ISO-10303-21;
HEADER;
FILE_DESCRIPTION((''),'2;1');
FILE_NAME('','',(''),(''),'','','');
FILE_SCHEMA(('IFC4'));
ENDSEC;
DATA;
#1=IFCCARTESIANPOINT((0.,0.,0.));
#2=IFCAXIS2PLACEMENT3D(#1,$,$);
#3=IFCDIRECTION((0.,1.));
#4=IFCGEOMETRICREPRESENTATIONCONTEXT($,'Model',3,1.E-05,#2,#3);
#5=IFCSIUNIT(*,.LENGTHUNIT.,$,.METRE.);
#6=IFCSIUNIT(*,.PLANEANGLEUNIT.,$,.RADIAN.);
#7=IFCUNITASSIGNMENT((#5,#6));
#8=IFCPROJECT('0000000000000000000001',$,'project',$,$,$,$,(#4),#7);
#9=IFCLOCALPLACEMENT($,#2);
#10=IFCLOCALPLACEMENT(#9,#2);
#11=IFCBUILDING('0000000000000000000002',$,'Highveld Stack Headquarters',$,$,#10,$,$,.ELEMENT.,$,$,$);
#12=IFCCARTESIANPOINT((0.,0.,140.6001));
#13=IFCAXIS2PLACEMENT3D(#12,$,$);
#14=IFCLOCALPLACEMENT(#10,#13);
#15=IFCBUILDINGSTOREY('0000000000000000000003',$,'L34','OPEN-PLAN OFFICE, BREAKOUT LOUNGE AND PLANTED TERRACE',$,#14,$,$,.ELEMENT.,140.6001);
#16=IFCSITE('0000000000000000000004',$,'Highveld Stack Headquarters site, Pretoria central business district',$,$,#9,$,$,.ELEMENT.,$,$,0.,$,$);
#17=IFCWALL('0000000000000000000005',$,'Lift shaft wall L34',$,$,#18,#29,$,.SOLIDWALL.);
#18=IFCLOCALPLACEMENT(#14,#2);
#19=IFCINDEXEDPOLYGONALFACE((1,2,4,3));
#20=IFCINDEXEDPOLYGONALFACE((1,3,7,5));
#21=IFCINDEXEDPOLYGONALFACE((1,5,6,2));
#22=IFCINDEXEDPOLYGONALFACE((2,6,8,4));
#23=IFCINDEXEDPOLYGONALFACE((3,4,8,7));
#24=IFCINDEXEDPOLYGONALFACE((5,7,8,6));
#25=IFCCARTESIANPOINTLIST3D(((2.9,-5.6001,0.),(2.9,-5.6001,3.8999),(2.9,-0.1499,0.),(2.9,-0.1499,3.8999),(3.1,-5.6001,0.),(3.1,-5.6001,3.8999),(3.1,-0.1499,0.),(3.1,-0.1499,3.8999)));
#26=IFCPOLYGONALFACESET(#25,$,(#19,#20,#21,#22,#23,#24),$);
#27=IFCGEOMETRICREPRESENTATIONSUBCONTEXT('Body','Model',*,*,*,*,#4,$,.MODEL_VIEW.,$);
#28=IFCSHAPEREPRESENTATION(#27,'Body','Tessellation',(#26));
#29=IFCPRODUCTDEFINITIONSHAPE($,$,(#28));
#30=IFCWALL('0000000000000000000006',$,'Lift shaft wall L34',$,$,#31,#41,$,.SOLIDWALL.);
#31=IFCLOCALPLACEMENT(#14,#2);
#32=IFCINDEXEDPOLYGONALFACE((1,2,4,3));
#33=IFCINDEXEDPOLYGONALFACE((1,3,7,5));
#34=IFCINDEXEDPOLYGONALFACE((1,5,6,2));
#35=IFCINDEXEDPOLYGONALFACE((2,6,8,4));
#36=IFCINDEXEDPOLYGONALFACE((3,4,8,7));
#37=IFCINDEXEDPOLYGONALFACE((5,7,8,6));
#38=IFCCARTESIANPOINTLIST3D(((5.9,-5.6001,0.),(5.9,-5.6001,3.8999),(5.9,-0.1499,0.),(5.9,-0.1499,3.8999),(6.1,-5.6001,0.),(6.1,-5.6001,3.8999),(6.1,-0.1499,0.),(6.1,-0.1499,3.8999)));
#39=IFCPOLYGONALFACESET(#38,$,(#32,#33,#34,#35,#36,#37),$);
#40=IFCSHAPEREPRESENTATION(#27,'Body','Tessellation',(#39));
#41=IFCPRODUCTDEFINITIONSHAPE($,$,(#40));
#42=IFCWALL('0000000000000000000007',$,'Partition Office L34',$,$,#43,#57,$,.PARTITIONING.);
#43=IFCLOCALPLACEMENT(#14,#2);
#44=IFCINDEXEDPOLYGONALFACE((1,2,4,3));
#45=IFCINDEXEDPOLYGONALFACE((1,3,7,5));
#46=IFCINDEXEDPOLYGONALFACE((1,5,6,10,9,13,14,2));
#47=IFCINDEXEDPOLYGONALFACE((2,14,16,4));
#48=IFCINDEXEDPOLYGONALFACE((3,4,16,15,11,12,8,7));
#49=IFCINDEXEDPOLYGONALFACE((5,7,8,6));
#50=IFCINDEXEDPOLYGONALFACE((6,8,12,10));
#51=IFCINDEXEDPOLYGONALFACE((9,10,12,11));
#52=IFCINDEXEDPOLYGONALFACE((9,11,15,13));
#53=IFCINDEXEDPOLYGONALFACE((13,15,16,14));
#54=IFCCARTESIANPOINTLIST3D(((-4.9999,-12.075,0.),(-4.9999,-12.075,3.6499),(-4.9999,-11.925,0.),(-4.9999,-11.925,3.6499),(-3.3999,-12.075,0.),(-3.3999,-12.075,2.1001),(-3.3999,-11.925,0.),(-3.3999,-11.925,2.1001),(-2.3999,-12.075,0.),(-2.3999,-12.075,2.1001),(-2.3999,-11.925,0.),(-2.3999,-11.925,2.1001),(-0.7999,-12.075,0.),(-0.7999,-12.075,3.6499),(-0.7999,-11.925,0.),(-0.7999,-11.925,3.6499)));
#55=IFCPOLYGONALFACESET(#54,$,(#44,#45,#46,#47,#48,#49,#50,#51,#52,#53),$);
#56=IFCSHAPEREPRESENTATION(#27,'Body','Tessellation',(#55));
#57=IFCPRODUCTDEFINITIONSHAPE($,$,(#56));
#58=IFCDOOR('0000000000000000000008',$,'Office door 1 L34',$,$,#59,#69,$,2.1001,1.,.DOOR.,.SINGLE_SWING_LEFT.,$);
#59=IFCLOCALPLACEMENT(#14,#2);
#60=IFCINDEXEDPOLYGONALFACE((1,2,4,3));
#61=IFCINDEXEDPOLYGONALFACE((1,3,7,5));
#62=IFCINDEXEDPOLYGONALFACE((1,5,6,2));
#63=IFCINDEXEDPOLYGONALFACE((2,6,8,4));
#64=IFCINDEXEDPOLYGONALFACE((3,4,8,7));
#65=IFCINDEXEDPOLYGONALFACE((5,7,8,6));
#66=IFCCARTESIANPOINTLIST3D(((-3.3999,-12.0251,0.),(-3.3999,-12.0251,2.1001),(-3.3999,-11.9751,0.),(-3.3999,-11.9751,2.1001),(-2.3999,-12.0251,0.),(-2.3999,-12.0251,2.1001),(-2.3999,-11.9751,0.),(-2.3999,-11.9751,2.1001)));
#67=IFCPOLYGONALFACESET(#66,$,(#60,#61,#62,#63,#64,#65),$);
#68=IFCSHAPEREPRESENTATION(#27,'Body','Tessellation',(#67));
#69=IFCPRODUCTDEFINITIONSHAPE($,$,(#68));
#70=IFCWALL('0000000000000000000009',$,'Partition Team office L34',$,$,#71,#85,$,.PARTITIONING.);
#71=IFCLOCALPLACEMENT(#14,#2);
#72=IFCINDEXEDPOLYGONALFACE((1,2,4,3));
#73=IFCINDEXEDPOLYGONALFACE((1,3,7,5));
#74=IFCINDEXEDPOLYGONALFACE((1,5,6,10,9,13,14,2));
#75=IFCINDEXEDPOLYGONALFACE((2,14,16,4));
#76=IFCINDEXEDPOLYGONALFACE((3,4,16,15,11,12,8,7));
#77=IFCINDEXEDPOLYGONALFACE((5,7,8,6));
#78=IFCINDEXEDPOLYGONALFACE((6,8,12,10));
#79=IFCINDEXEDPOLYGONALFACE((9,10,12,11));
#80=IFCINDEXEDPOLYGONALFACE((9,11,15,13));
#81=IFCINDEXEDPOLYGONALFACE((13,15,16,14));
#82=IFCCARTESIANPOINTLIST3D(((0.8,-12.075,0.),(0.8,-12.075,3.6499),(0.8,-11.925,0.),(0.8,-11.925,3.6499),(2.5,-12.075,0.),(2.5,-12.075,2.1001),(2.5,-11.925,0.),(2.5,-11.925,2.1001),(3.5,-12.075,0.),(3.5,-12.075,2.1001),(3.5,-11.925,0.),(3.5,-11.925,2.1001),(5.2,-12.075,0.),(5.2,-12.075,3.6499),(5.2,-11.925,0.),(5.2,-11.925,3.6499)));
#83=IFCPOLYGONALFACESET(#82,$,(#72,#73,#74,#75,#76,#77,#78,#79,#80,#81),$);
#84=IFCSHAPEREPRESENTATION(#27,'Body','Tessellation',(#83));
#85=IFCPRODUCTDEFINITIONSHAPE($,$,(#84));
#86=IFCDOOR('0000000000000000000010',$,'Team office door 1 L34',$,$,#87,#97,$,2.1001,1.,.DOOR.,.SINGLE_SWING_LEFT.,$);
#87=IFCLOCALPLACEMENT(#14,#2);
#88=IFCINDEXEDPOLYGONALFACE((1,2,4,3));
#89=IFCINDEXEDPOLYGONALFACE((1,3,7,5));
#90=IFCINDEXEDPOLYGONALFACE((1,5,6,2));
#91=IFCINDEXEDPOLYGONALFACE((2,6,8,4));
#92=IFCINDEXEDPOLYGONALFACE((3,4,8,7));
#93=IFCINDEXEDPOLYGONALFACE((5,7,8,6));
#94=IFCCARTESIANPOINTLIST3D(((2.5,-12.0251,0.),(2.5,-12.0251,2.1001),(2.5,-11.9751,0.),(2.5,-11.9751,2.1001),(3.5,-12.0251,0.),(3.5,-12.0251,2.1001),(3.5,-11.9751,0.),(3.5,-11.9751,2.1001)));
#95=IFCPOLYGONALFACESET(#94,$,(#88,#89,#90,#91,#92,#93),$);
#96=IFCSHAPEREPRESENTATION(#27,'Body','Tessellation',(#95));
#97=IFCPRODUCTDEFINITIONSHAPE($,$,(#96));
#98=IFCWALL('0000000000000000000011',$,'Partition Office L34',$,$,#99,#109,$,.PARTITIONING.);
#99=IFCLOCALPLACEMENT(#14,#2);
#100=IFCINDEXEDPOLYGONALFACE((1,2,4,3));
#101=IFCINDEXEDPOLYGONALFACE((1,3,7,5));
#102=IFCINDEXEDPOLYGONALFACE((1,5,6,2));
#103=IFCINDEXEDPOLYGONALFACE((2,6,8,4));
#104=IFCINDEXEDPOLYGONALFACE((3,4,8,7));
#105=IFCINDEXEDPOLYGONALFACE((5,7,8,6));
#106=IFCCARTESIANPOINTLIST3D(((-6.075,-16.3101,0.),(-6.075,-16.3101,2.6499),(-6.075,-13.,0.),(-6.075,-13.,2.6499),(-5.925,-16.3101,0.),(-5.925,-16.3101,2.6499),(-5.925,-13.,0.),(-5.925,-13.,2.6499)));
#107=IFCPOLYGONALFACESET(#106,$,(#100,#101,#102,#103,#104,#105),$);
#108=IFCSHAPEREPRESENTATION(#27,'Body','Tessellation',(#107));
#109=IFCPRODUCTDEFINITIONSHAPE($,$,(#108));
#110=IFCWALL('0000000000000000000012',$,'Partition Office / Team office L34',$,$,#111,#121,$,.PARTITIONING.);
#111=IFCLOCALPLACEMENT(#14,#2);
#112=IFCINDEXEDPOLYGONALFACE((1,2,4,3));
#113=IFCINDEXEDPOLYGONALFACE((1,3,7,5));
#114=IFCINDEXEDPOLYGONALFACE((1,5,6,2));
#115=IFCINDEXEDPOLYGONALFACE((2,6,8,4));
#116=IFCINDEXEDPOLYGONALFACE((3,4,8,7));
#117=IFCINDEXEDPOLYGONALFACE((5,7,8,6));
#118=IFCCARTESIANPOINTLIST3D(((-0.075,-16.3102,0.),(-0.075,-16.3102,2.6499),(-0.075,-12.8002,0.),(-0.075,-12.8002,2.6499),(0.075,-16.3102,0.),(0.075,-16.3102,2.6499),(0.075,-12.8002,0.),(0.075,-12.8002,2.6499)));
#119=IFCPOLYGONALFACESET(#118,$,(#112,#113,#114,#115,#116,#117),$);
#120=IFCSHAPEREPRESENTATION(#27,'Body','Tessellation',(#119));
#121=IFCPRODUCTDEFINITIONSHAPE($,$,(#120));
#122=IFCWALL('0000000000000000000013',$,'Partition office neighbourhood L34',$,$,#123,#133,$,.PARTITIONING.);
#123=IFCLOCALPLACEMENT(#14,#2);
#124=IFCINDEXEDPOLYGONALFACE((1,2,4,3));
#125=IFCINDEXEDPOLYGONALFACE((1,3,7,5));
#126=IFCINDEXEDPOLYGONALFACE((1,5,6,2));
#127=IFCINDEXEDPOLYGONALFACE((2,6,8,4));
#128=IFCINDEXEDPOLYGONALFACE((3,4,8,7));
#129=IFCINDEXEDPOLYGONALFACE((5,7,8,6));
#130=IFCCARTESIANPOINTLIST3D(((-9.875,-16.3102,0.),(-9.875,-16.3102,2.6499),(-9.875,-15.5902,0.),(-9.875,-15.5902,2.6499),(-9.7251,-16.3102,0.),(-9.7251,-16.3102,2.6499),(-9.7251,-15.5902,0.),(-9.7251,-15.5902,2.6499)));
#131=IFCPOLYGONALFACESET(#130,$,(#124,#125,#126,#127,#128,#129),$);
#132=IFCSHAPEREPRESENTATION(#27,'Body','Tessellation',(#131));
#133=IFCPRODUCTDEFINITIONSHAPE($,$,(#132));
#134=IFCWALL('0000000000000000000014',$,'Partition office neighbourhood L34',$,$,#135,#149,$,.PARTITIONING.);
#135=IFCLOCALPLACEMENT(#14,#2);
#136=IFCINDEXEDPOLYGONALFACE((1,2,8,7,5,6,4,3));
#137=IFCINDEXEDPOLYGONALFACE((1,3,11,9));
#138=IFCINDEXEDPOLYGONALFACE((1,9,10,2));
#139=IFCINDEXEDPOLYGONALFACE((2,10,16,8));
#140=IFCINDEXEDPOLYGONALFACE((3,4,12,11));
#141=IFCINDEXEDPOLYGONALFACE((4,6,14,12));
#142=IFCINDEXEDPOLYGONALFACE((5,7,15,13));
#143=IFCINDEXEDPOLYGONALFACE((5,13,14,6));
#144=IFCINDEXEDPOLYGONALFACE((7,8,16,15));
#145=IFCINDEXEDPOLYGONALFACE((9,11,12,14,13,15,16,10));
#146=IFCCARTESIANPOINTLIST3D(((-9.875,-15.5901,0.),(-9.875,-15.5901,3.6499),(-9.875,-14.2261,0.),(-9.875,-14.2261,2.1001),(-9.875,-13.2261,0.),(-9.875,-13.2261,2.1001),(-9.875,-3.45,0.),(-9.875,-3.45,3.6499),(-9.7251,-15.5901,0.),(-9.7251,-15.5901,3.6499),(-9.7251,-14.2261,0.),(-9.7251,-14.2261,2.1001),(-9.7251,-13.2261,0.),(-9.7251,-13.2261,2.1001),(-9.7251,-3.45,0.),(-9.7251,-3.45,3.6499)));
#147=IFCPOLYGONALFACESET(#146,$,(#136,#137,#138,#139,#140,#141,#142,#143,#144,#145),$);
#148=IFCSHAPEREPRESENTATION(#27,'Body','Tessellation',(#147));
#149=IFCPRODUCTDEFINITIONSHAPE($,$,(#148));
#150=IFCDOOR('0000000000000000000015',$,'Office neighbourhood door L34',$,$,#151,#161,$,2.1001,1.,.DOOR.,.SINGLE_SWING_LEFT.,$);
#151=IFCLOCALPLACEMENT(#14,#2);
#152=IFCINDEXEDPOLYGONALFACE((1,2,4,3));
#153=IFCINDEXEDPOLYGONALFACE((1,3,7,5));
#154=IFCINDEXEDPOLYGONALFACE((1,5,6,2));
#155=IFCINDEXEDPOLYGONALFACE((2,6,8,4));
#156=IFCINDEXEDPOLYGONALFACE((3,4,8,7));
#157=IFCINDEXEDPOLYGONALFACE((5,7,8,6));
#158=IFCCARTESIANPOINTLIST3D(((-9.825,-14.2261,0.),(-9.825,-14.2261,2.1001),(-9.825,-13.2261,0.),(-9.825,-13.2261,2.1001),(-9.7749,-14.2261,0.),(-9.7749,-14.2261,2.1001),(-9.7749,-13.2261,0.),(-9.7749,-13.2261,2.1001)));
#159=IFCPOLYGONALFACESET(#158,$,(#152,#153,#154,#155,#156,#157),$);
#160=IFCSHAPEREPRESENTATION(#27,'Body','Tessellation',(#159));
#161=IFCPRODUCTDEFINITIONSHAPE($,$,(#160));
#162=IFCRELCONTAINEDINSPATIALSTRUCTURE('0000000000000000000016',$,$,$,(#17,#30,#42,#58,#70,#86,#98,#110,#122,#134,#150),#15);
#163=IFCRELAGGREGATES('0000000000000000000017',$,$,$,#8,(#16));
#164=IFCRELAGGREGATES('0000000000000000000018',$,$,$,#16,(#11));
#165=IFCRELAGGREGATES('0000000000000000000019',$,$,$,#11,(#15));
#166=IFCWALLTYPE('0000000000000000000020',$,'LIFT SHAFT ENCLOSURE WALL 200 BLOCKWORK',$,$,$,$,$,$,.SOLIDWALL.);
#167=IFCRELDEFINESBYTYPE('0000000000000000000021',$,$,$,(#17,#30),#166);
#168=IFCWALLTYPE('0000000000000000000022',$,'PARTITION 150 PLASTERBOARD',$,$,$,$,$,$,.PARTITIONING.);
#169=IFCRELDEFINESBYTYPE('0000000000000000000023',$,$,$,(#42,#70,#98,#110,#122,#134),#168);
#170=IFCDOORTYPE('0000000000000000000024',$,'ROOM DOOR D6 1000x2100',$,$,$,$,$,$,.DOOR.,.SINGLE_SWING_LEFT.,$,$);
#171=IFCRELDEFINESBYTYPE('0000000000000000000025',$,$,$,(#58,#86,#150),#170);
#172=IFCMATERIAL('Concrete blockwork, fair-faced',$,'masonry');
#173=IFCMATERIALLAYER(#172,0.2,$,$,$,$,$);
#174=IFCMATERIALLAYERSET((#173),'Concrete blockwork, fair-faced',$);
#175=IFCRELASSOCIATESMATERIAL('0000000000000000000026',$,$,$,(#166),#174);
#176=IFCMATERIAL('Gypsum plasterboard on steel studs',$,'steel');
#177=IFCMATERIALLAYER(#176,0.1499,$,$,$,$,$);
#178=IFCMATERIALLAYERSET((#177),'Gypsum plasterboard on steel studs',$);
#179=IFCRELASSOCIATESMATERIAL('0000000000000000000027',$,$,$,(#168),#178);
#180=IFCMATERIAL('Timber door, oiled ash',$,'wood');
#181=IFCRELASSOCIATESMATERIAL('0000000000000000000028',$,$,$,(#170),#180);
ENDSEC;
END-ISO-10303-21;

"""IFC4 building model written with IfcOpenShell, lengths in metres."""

from ifc_helpers import new_model, si_unit, direction, frame, frame_2d, origin, place, context, subcontext, project, spatial, rectangle, extrude, material, layer, layer_set, type_object, element, fill, save


model = new_model("IFC4")

# Units and contexts
model_context = context("Model", 3, precision=1e-05, world=origin(), true_north=direction((0.0, 1.0)))
body_context = subcontext(model_context, "Body", "Model", "MODEL_VIEW")
ifc_project = project(units=[si_unit("LENGTHUNIT", "METRE"), si_unit("PLANEANGLEUNIT", "RADIAN")], contexts=[model_context])

# Site, building, storey
site_placement = place(None, origin())
site = spatial("IfcSite", under=ifc_project, at=site_placement, Name="Highveld Stack Headquarters site, Pretoria central business district", CompositionType="ELEMENT", RefElevation=0.0)
building_placement = place(site_placement, origin())
building = spatial("IfcBuilding", under=site, at=building_placement, Name="Highveld Stack Headquarters", CompositionType="ELEMENT")
storey_placement = place(building_placement, frame((0.0, 0.0, 140.6001)))
storey = spatial("IfcBuildingStorey", under=building, at=storey_placement, Name="L34", Description="OPEN-PLAN OFFICE, BREAKOUT LOUNGE AND PLANTED TERRACE", CompositionType="ELEMENT", Elevation=140.6001)

# Walls
ifc_material_1 = material(Name="Concrete blockwork, fair-faced", Category="masonry")
ifc_layer_1 = layer(ifc_material_1, 0.2)
ifc_layer_set_1 = layer_set([ifc_layer_1], Name="Concrete blockwork, fair-faced")
wall_type_1 = type_object("IfcWallType", Name="LIFT SHAFT ENCLOSURE WALL 200 BLOCKWORK", PredefinedType="SOLIDWALL", material=ifc_layer_set_1)
for number, where, z_axis, x_axis, name in (
    (1, (3.0, -5.6001, 0.0), (0.0, 0.0, 1.0), (0.0, 1.0, 0.0), "Lift shaft wall L34"),
    (2, (6.0, -5.6001, 0.0), (0.0, 0.0, 1.0), (0.0, 1.0, 0.0), "Lift shaft wall L34"),
):
    element("IfcWall", number, at=place(storey_placement, frame(where, z_axis=z_axis, x_axis=x_axis)), inside=storey, type_object=wall_type_1, Name=name, PredefinedType="SOLIDWALL", context=body_context, shape_type="SweptSolid", body=[
        extrude(rectangle(XDim=5.4502, YDim=0.2, at=frame_2d((2.7251, 0.0))), origin(), (0.0, 0.0, 1.0), 3.8999),
    ])

# Walls, openings, doors
ifc_material_2 = material(Name="Gypsum plasterboard on steel studs", Category="steel")
ifc_layer_2 = layer(ifc_material_2, 0.1499)
ifc_layer_set_2 = layer_set([ifc_layer_2], Name="Gypsum plasterboard on steel studs")
wall_type_2 = type_object("IfcWallType", Name="PARTITION 150 PLASTERBOARD", PredefinedType="PARTITIONING", material=ifc_layer_set_2)
wall_1_placement = place(storey_placement, frame((-5.0, -12.0, 0.0), z_axis=(0.0, 0.0, 1.0), x_axis=(1.0, 0.0, 0.0)))
wall_1 = element("IfcWall", 3, at=wall_1_placement, inside=storey, type_object=wall_type_2, Name="Partition Office L34", PredefinedType="PARTITIONING", context=body_context, shape_type="SweptSolid", body=[
    extrude(rectangle(XDim=4.2, YDim=0.1499, at=frame_2d((2.1001, 0.0))), origin(), (0.0, 0.0, 1.0), 3.6499),
])
opening_1_placement = place(wall_1_placement, frame((1.6001, 0.0, 0.0)))
opening_1 = element("IfcOpeningElement", 4, at=opening_1_placement, cuts=wall_1, PredefinedType="OPENING", context=body_context, shape_type="SweptSolid", body=[
    extrude(rectangle(XDim=1.0, YDim=2.1001, at=frame_2d((0.5, 1.05))), frame((0.0, 0.085, 0.0), z_axis=(0.0, -1.0, 0.0), x_axis=(1.0, 0.0, 0.0)), (0.0, 0.0, 1.0), 0.1699),
])
ifc_material_3 = material(Name="Timber door, oiled ash", Category="wood")
door_type_1 = type_object("IfcDoorType", Name="ROOM DOOR D6 1000x2100", OperationType="SINGLE_SWING_LEFT", PredefinedType="DOOR", material=ifc_material_3)
door_1_placement = place(opening_1_placement, origin())
door_1 = element("IfcDoor", 5, at=door_1_placement, inside=storey, type_object=door_type_1, Name="Office door 1 L34", OperationType="SINGLE_SWING_LEFT", OverallHeight=2.1001, OverallWidth=1.0, PredefinedType="DOOR", context=body_context, shape_type="SweptSolid", body=[
    extrude(rectangle(XDim=1.0, YDim=2.1001, at=frame_2d((0.5, 1.05))), frame((0.0, 0.0249, 0.0), z_axis=(0.0, -1.0, 0.0), x_axis=(1.0, 0.0, 0.0)), (0.0, 0.0, 1.0), 0.05),
])
fill(opening_1, door_1)
wall_2_placement = place(storey_placement, frame((0.8, -12.0, 0.0), z_axis=(0.0, 0.0, 1.0), x_axis=(1.0, 0.0, 0.0)))
wall_2 = element("IfcWall", 6, at=wall_2_placement, inside=storey, type_object=wall_type_2, Name="Partition Team office L34", PredefinedType="PARTITIONING", context=body_context, shape_type="SweptSolid", body=[
    extrude(rectangle(XDim=4.3999, YDim=0.1499, at=frame_2d((2.2, 0.0))), origin(), (0.0, 0.0, 1.0), 3.6499),
])
opening_2_placement = place(wall_2_placement, frame((1.7, 0.0, 0.0)))
opening_2 = element("IfcOpeningElement", 7, at=opening_2_placement, cuts=wall_2, PredefinedType="OPENING", context=body_context, shape_type="SweptSolid", body=[
    extrude(rectangle(XDim=1.0, YDim=2.1001, at=frame_2d((0.5, 1.05))), frame((0.0, 0.085, 0.0), z_axis=(0.0, -1.0, 0.0), x_axis=(1.0, 0.0, 0.0)), (0.0, 0.0, 1.0), 0.1699),
])
door_2_placement = place(opening_2_placement, origin())
door_2 = element("IfcDoor", 8, at=door_2_placement, inside=storey, type_object=door_type_1, Name="Team office door 1 L34", OperationType="SINGLE_SWING_LEFT", OverallHeight=2.1001, OverallWidth=1.0, PredefinedType="DOOR", context=body_context, shape_type="SweptSolid", body=[
    extrude(rectangle(XDim=1.0, YDim=2.1001, at=frame_2d((0.5, 1.05))), frame((0.0, 0.0249, 0.0), z_axis=(0.0, -1.0, 0.0), x_axis=(1.0, 0.0, 0.0)), (0.0, 0.0, 1.0), 0.05),
])
fill(opening_2, door_2)

# Walls
wall_3_placement = place(storey_placement, frame((-6.0, -16.3101, 0.0), z_axis=(0.0, 0.0, 1.0), x_axis=(0.0, 1.0, 0.0)))
element("IfcWall", 9, at=wall_3_placement, inside=storey, type_object=wall_type_2, Name="Partition Office L34", PredefinedType="PARTITIONING", context=body_context, shape_type="SweptSolid", body=[
    extrude(rectangle(XDim=3.3101, YDim=0.1499, at=frame_2d((1.655, 0.0))), origin(), (0.0, 0.0, 1.0), 2.6499),
])
wall_4_placement = place(storey_placement, frame((0.0, -16.3101, 0.0), z_axis=(0.0, 0.0, 1.0), x_axis=(0.0, 1.0, 0.0)))
element("IfcWall", 10, at=wall_4_placement, inside=storey, type_object=wall_type_2, Name="Partition Office / Team office L34", PredefinedType="PARTITIONING", context=body_context, shape_type="SweptSolid", body=[
    extrude(rectangle(XDim=3.51, YDim=0.1499, at=frame_2d((1.7549, 0.0))), origin(), (0.0, 0.0, 1.0), 2.6499),
])
wall_5_placement = place(storey_placement, frame((-9.8, -16.3101, 0.0), z_axis=(0.0, 0.0, 1.0), x_axis=(0.0, 1.0, 0.0)))
element("IfcWall", 11, at=wall_5_placement, inside=storey, type_object=wall_type_2, Name="Partition office neighbourhood L34", PredefinedType="PARTITIONING", context=body_context, shape_type="SweptSolid", body=[
    extrude(rectangle(XDim=0.72, YDim=0.1499, at=frame_2d((0.3599, 0.0))), origin(), (0.0, 0.0, 1.0), 2.6499),
])

# Wall, opening, door
wall_6_placement = place(storey_placement, frame((-9.8, -15.5901, 0.0), z_axis=(0.0, 0.0, 1.0), x_axis=(0.0, 1.0, 0.0)))
wall_6 = element("IfcWall", 12, at=wall_6_placement, inside=storey, type_object=wall_type_2, Name="Partition office neighbourhood L34", PredefinedType="PARTITIONING", context=body_context, shape_type="SweptSolid", body=[
    extrude(rectangle(XDim=12.1401, YDim=0.1499, at=frame_2d((6.0701, 0.0))), origin(), (0.0, 0.0, 1.0), 3.6499),
])
opening_3_placement = place(wall_6_placement, frame((1.364, 0.0, 0.0)))
opening_3 = element("IfcOpeningElement", 13, at=opening_3_placement, cuts=wall_6, PredefinedType="OPENING", context=body_context, shape_type="SweptSolid", body=[
    extrude(rectangle(XDim=1.0, YDim=2.1001, at=frame_2d((0.5, 1.05))), frame((0.0, 0.085, 0.0), z_axis=(0.0, -1.0, 0.0), x_axis=(1.0, 0.0, 0.0)), (0.0, 0.0, 1.0), 0.1699),
])
door_3_placement = place(opening_3_placement, origin())
door_3 = element("IfcDoor", 14, at=door_3_placement, inside=storey, type_object=door_type_1, Name="Office neighbourhood door L34", OperationType="SINGLE_SWING_LEFT", OverallHeight=2.1001, OverallWidth=1.0, PredefinedType="DOOR", context=body_context, shape_type="SweptSolid", body=[
    extrude(rectangle(XDim=1.0, YDim=2.1001, at=frame_2d((0.5, 1.05))), frame((0.0, 0.0249, 0.0), z_axis=(0.0, -1.0, 0.0), x_axis=(1.0, 0.0, 0.0)), (0.0, 0.0, 1.0), 0.05),
])
fill(opening_3, door_3)

save(model, "model.ifc")
